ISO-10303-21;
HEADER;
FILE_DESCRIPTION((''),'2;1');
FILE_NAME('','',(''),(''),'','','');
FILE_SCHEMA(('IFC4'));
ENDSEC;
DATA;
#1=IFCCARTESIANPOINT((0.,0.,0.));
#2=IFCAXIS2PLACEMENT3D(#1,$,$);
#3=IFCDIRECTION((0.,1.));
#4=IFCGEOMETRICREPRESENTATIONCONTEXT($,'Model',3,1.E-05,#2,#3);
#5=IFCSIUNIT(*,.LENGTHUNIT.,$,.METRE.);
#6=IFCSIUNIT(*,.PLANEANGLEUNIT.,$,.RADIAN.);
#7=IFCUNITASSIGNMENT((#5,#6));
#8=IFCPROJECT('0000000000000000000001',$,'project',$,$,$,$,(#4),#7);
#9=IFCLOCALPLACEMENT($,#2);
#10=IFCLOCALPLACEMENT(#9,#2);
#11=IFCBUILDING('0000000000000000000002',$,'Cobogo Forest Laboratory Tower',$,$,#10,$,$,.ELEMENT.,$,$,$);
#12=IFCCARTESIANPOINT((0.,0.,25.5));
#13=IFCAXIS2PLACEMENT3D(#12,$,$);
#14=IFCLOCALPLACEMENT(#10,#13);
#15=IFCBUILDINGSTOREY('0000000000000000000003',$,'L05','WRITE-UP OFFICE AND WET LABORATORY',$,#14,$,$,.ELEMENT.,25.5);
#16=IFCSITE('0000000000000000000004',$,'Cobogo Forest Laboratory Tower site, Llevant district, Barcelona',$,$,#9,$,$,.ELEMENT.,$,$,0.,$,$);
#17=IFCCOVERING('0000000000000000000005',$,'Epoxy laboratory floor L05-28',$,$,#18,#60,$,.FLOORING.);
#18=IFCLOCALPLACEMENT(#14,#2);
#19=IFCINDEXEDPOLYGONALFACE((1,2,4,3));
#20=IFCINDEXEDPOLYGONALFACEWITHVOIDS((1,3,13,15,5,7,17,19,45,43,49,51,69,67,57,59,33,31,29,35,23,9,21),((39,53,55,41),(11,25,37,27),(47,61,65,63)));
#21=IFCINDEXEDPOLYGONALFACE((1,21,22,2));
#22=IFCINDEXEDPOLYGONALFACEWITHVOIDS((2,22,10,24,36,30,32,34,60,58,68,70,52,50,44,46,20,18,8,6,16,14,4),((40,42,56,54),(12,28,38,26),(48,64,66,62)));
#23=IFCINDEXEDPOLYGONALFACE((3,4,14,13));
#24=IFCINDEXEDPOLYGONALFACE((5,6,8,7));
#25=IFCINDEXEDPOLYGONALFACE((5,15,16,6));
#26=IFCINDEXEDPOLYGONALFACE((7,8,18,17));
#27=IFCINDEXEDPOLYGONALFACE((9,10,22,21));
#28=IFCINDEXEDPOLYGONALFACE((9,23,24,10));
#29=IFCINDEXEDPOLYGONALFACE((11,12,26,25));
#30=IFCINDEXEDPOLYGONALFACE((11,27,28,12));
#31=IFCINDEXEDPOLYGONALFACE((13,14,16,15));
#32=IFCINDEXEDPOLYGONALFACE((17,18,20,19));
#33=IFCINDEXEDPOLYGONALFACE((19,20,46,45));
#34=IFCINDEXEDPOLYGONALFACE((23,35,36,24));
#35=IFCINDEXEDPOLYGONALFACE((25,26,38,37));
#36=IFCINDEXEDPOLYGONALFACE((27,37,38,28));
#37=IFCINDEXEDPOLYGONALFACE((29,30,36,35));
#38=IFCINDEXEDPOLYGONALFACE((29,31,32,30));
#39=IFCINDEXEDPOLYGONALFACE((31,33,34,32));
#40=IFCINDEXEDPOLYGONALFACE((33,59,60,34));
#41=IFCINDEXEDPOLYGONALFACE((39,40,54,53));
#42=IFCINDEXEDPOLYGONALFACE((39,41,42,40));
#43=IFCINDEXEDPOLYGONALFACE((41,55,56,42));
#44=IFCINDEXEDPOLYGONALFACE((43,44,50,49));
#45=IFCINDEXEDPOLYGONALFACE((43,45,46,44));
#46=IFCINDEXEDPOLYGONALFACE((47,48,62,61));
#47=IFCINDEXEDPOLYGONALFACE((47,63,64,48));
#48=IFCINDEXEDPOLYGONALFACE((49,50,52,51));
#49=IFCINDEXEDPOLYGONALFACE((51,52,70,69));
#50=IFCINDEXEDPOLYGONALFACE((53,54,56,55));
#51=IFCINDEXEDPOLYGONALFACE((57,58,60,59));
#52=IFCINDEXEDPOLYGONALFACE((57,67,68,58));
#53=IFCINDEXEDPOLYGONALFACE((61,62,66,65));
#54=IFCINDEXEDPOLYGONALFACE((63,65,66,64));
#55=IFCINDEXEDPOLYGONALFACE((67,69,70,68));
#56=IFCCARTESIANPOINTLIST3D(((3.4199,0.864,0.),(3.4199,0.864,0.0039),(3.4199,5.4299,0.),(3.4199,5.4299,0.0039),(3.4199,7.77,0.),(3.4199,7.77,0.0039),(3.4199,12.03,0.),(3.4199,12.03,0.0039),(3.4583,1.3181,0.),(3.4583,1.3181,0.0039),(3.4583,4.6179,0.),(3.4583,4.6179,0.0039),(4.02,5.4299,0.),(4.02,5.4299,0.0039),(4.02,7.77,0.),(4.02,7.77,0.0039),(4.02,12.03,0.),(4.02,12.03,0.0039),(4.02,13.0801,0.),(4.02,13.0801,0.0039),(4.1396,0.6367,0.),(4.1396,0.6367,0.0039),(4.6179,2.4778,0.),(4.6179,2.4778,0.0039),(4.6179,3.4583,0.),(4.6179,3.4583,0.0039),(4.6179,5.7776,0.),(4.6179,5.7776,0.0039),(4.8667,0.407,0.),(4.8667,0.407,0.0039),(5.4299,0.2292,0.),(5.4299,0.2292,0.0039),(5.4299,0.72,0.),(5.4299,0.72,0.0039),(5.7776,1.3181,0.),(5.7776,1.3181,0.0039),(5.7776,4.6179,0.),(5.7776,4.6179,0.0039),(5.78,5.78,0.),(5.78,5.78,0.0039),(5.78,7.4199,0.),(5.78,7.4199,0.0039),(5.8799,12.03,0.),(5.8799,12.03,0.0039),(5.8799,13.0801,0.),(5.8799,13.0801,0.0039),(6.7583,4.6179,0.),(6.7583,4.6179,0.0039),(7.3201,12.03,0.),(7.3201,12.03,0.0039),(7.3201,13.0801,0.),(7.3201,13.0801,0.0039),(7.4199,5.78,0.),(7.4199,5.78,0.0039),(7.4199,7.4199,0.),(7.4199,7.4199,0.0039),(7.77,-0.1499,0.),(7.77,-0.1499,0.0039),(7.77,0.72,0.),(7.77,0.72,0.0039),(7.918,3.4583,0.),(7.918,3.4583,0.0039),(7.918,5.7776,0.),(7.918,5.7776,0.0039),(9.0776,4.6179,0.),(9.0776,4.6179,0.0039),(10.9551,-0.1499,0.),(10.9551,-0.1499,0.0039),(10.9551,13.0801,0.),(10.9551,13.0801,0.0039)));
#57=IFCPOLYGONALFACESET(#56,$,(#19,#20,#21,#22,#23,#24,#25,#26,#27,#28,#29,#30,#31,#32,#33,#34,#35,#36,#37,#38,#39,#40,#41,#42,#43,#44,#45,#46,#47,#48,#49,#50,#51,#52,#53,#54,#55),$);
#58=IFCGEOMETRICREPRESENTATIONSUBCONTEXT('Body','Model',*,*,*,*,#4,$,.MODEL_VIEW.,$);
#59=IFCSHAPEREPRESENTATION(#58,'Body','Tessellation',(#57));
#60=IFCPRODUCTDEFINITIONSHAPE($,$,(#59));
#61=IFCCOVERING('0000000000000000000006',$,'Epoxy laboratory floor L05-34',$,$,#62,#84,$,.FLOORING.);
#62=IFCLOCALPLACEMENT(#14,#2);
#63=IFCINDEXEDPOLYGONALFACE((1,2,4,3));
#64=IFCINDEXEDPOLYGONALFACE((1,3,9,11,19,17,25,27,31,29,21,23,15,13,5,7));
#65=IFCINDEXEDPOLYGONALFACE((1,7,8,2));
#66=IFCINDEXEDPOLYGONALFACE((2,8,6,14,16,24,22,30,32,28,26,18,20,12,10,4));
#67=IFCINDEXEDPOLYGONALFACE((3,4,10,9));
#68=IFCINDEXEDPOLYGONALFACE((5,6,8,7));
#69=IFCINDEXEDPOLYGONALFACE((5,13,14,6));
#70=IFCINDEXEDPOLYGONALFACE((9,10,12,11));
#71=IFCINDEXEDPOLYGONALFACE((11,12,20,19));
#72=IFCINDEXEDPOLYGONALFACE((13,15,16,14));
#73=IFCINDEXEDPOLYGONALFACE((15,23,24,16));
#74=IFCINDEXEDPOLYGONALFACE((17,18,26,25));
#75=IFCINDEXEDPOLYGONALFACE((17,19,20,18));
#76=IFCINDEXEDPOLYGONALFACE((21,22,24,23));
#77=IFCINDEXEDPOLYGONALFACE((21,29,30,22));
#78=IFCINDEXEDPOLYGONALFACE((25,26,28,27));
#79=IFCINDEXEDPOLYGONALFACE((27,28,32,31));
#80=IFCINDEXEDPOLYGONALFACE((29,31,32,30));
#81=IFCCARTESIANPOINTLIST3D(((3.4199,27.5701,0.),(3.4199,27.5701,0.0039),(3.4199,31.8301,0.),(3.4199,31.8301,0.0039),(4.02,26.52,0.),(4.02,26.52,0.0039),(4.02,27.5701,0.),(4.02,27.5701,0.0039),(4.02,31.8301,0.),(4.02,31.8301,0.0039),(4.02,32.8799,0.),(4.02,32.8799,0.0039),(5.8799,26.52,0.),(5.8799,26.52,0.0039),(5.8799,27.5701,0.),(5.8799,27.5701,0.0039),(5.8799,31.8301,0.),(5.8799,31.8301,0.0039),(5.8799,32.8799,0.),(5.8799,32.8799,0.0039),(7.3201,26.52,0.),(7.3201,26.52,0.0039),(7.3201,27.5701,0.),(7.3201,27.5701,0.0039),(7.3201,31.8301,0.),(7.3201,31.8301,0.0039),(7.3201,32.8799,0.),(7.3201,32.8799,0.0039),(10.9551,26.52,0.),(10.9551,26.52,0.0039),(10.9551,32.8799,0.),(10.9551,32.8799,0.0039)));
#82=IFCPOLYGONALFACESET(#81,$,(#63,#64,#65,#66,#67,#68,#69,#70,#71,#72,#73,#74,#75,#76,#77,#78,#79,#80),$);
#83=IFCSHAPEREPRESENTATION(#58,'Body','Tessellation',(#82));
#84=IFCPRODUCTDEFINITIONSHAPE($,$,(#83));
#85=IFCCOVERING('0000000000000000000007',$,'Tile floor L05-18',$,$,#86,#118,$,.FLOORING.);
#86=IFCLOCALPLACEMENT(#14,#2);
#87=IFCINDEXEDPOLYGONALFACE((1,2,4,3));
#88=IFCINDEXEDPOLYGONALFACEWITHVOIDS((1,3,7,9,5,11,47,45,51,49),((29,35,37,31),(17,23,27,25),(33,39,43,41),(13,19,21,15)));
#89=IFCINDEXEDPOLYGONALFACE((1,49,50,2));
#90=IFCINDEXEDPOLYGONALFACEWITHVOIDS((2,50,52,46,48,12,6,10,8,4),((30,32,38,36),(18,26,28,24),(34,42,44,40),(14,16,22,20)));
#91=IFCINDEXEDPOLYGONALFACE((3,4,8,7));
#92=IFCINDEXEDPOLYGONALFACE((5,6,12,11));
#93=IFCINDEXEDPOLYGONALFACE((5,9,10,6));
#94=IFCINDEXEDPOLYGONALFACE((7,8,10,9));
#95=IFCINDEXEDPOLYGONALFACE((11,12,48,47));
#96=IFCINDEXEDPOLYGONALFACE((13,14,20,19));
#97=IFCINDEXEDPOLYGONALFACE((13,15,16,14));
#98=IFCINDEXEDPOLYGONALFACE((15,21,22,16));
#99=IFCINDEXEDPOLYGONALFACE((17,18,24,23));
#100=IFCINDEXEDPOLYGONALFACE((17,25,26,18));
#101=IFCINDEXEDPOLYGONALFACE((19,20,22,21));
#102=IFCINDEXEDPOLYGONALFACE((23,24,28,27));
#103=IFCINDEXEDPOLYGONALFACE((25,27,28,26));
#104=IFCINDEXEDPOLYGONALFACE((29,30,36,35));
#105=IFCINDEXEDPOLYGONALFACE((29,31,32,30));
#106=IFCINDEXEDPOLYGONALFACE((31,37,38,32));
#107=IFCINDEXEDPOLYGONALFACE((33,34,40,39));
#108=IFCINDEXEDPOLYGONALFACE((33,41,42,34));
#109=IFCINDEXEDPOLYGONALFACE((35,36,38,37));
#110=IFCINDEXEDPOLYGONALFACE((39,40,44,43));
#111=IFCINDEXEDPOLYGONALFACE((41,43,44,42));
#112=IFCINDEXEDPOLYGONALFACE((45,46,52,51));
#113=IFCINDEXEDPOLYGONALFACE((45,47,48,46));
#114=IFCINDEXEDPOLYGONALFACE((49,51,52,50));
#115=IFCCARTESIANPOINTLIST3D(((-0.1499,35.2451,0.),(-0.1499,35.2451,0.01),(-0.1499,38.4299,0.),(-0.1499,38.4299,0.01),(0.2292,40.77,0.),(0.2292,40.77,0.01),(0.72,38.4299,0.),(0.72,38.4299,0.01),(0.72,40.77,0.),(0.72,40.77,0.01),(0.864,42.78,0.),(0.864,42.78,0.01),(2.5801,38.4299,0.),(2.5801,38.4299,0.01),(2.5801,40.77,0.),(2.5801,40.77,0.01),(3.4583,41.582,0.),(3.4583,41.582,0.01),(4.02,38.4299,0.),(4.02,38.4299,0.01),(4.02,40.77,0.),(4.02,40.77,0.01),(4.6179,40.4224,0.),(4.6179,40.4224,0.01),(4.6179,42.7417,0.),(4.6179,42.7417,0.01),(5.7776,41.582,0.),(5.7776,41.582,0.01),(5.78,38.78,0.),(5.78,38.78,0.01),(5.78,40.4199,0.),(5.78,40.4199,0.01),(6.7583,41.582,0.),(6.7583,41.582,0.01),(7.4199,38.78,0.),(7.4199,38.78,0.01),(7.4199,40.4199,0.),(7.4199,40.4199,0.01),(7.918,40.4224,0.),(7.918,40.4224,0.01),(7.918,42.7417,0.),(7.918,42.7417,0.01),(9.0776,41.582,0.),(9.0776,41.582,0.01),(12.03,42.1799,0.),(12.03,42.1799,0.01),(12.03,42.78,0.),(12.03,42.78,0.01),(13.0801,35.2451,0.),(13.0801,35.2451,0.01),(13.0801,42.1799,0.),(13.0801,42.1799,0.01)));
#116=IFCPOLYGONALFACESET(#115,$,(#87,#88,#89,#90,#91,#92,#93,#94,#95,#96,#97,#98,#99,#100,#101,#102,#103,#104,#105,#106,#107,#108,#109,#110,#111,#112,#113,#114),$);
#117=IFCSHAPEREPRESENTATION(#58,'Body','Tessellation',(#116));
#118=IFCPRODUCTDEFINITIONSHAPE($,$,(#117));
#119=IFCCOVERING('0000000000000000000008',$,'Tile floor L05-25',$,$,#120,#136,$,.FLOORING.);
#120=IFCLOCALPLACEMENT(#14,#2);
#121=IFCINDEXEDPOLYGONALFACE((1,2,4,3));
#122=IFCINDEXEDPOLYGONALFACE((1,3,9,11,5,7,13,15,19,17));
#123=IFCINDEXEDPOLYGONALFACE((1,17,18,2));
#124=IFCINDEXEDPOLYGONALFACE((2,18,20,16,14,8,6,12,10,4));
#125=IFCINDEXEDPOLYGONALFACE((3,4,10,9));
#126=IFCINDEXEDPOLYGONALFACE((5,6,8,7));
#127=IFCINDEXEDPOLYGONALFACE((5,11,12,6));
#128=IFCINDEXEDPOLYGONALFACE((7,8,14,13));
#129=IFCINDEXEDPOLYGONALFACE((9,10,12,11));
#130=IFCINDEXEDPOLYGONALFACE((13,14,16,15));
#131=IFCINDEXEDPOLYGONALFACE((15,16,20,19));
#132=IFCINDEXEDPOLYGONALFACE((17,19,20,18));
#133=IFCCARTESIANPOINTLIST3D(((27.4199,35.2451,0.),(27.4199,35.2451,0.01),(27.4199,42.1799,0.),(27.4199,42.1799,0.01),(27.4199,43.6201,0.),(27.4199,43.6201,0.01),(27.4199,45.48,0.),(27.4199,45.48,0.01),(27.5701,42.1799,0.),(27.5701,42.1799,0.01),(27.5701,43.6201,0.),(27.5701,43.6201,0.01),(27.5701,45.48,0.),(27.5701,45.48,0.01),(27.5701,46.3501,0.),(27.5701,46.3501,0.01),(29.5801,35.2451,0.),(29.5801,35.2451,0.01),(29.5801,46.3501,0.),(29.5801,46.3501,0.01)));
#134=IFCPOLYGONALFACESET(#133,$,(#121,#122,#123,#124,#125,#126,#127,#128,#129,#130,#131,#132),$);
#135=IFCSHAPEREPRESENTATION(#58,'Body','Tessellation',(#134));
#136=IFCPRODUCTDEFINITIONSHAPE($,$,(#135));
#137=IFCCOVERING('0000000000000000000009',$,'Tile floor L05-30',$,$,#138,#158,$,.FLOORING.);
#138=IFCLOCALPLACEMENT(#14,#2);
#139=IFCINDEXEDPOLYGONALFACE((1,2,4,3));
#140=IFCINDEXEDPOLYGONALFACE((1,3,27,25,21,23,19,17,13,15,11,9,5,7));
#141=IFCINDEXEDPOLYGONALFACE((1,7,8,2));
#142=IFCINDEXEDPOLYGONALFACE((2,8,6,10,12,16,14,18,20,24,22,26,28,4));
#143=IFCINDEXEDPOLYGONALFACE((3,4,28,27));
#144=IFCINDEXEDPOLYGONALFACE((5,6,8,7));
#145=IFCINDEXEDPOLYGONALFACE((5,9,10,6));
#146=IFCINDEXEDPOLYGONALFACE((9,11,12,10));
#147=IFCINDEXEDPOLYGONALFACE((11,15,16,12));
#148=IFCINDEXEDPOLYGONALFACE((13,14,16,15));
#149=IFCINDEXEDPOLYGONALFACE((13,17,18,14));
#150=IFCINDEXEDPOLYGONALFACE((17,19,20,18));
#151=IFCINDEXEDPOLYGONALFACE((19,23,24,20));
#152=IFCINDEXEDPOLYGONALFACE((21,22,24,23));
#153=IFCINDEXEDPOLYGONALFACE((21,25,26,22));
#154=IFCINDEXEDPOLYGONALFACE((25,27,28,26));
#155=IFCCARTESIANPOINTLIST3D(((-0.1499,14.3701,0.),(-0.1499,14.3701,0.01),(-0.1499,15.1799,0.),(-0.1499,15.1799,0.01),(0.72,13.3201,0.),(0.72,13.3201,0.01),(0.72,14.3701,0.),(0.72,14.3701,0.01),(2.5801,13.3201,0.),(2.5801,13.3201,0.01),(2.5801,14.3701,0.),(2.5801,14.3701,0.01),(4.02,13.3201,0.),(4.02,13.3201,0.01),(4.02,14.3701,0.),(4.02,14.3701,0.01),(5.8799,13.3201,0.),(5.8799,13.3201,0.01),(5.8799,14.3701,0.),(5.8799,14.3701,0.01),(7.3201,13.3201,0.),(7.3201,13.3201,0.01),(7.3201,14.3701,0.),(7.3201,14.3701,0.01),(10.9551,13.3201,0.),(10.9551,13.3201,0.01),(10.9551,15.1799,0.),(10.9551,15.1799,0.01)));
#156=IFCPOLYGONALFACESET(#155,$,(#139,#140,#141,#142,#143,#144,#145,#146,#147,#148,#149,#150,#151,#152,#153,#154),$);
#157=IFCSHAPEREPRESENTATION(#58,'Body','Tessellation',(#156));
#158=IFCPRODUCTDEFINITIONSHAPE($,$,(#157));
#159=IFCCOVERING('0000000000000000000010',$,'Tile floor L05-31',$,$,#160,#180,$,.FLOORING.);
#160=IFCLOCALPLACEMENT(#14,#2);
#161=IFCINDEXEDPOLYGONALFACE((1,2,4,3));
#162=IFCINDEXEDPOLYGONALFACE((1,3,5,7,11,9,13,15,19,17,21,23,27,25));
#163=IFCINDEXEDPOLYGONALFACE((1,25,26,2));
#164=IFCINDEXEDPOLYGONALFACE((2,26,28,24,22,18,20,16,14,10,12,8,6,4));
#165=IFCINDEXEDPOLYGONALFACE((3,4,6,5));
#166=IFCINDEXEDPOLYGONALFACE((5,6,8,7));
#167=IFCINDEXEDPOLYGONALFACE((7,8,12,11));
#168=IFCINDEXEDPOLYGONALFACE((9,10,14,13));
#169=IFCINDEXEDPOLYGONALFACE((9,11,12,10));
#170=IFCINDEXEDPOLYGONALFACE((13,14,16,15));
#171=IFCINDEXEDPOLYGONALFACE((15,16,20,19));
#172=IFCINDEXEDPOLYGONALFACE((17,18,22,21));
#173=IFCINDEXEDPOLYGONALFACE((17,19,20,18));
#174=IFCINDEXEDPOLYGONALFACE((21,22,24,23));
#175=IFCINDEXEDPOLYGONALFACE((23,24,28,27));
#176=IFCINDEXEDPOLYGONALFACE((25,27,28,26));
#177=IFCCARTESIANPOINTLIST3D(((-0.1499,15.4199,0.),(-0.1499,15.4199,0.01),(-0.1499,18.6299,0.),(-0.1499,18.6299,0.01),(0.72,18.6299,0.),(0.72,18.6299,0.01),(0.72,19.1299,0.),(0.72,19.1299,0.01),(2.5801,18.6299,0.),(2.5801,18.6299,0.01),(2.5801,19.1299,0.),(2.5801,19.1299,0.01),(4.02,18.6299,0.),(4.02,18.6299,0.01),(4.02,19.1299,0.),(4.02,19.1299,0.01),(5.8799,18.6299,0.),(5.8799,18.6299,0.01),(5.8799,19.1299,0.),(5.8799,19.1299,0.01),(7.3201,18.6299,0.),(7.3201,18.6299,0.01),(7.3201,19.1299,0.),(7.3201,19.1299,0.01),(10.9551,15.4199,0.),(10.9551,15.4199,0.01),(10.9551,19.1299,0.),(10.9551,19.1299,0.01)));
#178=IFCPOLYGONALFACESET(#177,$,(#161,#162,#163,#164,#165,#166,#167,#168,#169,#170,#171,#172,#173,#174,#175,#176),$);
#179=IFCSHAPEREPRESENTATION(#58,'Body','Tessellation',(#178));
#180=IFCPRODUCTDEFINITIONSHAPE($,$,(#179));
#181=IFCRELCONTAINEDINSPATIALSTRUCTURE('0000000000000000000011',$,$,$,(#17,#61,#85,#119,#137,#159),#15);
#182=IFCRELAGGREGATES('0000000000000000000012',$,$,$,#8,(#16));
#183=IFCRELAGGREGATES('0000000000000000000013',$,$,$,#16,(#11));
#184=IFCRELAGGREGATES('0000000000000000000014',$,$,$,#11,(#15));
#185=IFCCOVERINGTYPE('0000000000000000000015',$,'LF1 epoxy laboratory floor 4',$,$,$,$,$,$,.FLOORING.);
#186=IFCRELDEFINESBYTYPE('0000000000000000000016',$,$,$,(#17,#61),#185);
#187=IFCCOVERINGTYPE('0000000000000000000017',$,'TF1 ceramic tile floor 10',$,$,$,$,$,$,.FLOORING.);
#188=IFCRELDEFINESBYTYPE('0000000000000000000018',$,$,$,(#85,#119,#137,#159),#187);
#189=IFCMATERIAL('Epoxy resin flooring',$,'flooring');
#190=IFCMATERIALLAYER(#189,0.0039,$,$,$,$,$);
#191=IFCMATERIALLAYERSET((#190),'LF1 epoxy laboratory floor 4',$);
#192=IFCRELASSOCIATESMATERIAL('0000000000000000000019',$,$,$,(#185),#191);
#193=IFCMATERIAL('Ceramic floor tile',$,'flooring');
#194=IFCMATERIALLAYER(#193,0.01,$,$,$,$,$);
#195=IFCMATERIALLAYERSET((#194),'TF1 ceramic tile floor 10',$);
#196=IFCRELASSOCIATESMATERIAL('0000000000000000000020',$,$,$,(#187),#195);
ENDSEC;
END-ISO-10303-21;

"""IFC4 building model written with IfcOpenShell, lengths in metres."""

from ifc_helpers import new_model, si_unit, direction, frame, origin, place, context, subcontext, project, spatial, polyline, outline, extrude, material, layer, layer_set, type_object, element, save


model = new_model("IFC4")

# Units and contexts
model_context = context("Model", 3, precision=1e-05, world=origin(), true_north=direction((0.0, 1.0)))
body_context = subcontext(model_context, "Body", "Model", "MODEL_VIEW")
ifc_project = project(units=[si_unit("LENGTHUNIT", "METRE"), si_unit("PLANEANGLEUNIT", "RADIAN")], contexts=[model_context])

# Site, building, storey
site_placement = place(None, origin())
site = spatial("IfcSite", under=ifc_project, at=site_placement, Name="Cobogo Forest Laboratory Tower site, Llevant district, Barcelona", CompositionType="ELEMENT", RefElevation=0.0)
building_placement = place(site_placement, origin())
building = spatial("IfcBuilding", under=site, at=building_placement, Name="Cobogo Forest Laboratory Tower", CompositionType="ELEMENT")
storey_placement = place(building_placement, frame((0.0, 0.0, 25.5)))
storey = spatial("IfcBuildingStorey", under=building, at=storey_placement, Name="L05", Description="WRITE-UP OFFICE AND WET LABORATORY", CompositionType="ELEMENT", Elevation=25.5)

# Coverings
ifc_material_1 = material(Name="Epoxy resin flooring", Category="flooring")
ifc_layer_1 = layer(ifc_material_1, 0.0039)
ifc_layer_set_1 = layer_set([ifc_layer_1], Name="LF1 epoxy laboratory floor 4")
covering_type_1 = type_object("IfcCoveringType", Name="LF1 epoxy laboratory floor 4", PredefinedType="FLOORING", material=ifc_layer_set_1)
covering_1_placement = place(storey_placement, origin())
element("IfcCovering", 1, at=covering_1_placement, inside=storey, type_object=covering_type_1, Name="Epoxy laboratory floor L05-28", PredefinedType="FLOORING", context=body_context, shape_type="SweptSolid", body=[
    extrude(outline(polyline([(5.8799, 13.0801), (5.8799, 12.03), (7.3201, 12.03), (7.3201, 13.0801), (10.9551, 13.0801), (10.9551, -0.1499), (7.77, -0.1499), (7.77, 0.72), (5.4299, 0.72), (5.4299, 0.2292), (4.8667, 0.407), (5.7776, 1.3181), (4.6179, 2.4778), (3.4583, 1.3181), (4.1396, 0.6367), (3.4199, 0.864), (3.4199, 5.4299), (4.02, 5.4299), (4.02, 7.77), (3.4199, 7.77), (3.4199, 12.03), (4.02, 12.03), (4.02, 13.0801), (5.8799, 13.0801)]), holes=[polyline([(7.918, 5.7776), (6.7583, 4.6179), (7.918, 3.4583), (9.0776, 4.6179), (7.918, 5.7776)]), polyline([(5.78, 7.4199), (5.78, 5.78), (7.4199, 5.78), (7.4199, 7.4199), (5.78, 7.4199)]), polyline([(3.4583, 4.6179), (4.6179, 3.4583), (5.7776, 4.6179), (4.6179, 5.7776), (3.4583, 4.6179)])]), origin(), (0.0, 0.0, 1.0), 0.0039),
])
covering_2_placement = place(storey_placement, origin())
element("IfcCovering", 2, at=covering_2_placement, inside=storey, type_object=covering_type_1, Name="Epoxy laboratory floor L05-34", PredefinedType="FLOORING", context=body_context, shape_type="SweptSolid", body=[
    extrude(outline(polyline([(3.4199, 31.8301), (4.02, 31.8301), (4.02, 32.8799), (5.8799, 32.8799), (5.8799, 31.8301), (7.3201, 31.8301), (7.3201, 32.8799), (10.9551, 32.8799), (10.9551, 26.52), (7.3201, 26.52), (7.3201, 27.5701), (5.8799, 27.5701), (5.8799, 26.52), (4.02, 26.52), (4.02, 27.5701), (3.4199, 27.5701), (3.4199, 31.8301)])), origin(), (0.0, 0.0, 1.0), 0.0039),
])
ifc_material_2 = material(Name="Ceramic floor tile", Category="flooring")
ifc_layer_2 = layer(ifc_material_2, 0.01)
ifc_layer_set_2 = layer_set([ifc_layer_2], Name="TF1 ceramic tile floor 10")
covering_type_2 = type_object("IfcCoveringType", Name="TF1 ceramic tile floor 10", PredefinedType="FLOORING", material=ifc_layer_set_2)
covering_3_placement = place(storey_placement, origin())
element("IfcCovering", 3, at=covering_3_placement, inside=storey, type_object=covering_type_2, Name="Tile floor L05-18", PredefinedType="FLOORING", context=body_context, shape_type="SweptSolid", body=[
    extrude(outline(polyline([(13.0801, 35.2451), (-0.1499, 35.2451), (-0.1499, 38.4299), (0.72, 38.4299), (0.72, 40.77), (0.2292, 40.77), (0.864, 42.78), (12.03, 42.78), (12.03, 42.1799), (13.0801, 42.1799), (13.0801, 35.2451)]), holes=[polyline([(6.7583, 41.582), (7.918, 40.4224), (9.0776, 41.582), (7.918, 42.7417), (6.7583, 41.582)]), polyline([(5.78, 40.4199), (5.78, 38.78), (7.4199, 38.78), (7.4199, 40.4199), (5.78, 40.4199)]), polyline([(3.4583, 41.582), (4.6179, 40.4224), (5.7776, 41.582), (4.6179, 42.7417), (3.4583, 41.582)]), polyline([(2.5801, 38.4299), (4.02, 38.4299), (4.02, 40.77), (2.5801, 40.77), (2.5801, 38.4299)])]), origin(), (0.0, 0.0, 1.0), 0.01),
])
covering_4_placement = place(storey_placement, origin())
element("IfcCovering", 4, at=covering_4_placement, inside=storey, type_object=covering_type_2, Name="Tile floor L05-25", PredefinedType="FLOORING", context=body_context, shape_type="SweptSolid", body=[
    extrude(outline(polyline([(27.4199, 35.2451), (27.4199, 42.1799), (27.5701, 42.1799), (27.5701, 43.6201), (27.4199, 43.6201), (27.4199, 45.48), (27.5701, 45.48), (27.5701, 46.3501), (29.5801, 46.3501), (29.5801, 35.2451), (27.4199, 35.2451)])), origin(), (0.0, 0.0, 1.0), 0.01),
])
covering_5_placement = place(storey_placement, origin())
element("IfcCovering", 5, at=covering_5_placement, inside=storey, type_object=covering_type_2, Name="Tile floor L05-30", PredefinedType="FLOORING", context=body_context, shape_type="SweptSolid", body=[
    extrude(outline(polyline([(10.9551, 13.3201), (7.3201, 13.3201), (7.3201, 14.3701), (5.8799, 14.3701), (5.8799, 13.3201), (4.02, 13.3201), (4.02, 14.3701), (2.5801, 14.3701), (2.5801, 13.3201), (0.72, 13.3201), (0.72, 14.3701), (-0.1499, 14.3701), (-0.1499, 15.1799), (10.9551, 15.1799), (10.9551, 13.3201)])), origin(), (0.0, 0.0, 1.0), 0.01),
])
covering_6_placement = place(storey_placement, origin())
element("IfcCovering", 6, at=covering_6_placement, inside=storey, type_object=covering_type_2, Name="Tile floor L05-31", PredefinedType="FLOORING", context=body_context, shape_type="SweptSolid", body=[
    extrude(outline(polyline([(10.9551, 15.4199), (-0.1499, 15.4199), (-0.1499, 18.6299), (0.72, 18.6299), (0.72, 19.1299), (2.5801, 19.1299), (2.5801, 18.6299), (4.02, 18.6299), (4.02, 19.1299), (5.8799, 19.1299), (5.8799, 18.6299), (7.3201, 18.6299), (7.3201, 19.1299), (10.9551, 19.1299), (10.9551, 15.4199)])), origin(), (0.0, 0.0, 1.0), 0.01),
])

save(model, "model.ifc")
